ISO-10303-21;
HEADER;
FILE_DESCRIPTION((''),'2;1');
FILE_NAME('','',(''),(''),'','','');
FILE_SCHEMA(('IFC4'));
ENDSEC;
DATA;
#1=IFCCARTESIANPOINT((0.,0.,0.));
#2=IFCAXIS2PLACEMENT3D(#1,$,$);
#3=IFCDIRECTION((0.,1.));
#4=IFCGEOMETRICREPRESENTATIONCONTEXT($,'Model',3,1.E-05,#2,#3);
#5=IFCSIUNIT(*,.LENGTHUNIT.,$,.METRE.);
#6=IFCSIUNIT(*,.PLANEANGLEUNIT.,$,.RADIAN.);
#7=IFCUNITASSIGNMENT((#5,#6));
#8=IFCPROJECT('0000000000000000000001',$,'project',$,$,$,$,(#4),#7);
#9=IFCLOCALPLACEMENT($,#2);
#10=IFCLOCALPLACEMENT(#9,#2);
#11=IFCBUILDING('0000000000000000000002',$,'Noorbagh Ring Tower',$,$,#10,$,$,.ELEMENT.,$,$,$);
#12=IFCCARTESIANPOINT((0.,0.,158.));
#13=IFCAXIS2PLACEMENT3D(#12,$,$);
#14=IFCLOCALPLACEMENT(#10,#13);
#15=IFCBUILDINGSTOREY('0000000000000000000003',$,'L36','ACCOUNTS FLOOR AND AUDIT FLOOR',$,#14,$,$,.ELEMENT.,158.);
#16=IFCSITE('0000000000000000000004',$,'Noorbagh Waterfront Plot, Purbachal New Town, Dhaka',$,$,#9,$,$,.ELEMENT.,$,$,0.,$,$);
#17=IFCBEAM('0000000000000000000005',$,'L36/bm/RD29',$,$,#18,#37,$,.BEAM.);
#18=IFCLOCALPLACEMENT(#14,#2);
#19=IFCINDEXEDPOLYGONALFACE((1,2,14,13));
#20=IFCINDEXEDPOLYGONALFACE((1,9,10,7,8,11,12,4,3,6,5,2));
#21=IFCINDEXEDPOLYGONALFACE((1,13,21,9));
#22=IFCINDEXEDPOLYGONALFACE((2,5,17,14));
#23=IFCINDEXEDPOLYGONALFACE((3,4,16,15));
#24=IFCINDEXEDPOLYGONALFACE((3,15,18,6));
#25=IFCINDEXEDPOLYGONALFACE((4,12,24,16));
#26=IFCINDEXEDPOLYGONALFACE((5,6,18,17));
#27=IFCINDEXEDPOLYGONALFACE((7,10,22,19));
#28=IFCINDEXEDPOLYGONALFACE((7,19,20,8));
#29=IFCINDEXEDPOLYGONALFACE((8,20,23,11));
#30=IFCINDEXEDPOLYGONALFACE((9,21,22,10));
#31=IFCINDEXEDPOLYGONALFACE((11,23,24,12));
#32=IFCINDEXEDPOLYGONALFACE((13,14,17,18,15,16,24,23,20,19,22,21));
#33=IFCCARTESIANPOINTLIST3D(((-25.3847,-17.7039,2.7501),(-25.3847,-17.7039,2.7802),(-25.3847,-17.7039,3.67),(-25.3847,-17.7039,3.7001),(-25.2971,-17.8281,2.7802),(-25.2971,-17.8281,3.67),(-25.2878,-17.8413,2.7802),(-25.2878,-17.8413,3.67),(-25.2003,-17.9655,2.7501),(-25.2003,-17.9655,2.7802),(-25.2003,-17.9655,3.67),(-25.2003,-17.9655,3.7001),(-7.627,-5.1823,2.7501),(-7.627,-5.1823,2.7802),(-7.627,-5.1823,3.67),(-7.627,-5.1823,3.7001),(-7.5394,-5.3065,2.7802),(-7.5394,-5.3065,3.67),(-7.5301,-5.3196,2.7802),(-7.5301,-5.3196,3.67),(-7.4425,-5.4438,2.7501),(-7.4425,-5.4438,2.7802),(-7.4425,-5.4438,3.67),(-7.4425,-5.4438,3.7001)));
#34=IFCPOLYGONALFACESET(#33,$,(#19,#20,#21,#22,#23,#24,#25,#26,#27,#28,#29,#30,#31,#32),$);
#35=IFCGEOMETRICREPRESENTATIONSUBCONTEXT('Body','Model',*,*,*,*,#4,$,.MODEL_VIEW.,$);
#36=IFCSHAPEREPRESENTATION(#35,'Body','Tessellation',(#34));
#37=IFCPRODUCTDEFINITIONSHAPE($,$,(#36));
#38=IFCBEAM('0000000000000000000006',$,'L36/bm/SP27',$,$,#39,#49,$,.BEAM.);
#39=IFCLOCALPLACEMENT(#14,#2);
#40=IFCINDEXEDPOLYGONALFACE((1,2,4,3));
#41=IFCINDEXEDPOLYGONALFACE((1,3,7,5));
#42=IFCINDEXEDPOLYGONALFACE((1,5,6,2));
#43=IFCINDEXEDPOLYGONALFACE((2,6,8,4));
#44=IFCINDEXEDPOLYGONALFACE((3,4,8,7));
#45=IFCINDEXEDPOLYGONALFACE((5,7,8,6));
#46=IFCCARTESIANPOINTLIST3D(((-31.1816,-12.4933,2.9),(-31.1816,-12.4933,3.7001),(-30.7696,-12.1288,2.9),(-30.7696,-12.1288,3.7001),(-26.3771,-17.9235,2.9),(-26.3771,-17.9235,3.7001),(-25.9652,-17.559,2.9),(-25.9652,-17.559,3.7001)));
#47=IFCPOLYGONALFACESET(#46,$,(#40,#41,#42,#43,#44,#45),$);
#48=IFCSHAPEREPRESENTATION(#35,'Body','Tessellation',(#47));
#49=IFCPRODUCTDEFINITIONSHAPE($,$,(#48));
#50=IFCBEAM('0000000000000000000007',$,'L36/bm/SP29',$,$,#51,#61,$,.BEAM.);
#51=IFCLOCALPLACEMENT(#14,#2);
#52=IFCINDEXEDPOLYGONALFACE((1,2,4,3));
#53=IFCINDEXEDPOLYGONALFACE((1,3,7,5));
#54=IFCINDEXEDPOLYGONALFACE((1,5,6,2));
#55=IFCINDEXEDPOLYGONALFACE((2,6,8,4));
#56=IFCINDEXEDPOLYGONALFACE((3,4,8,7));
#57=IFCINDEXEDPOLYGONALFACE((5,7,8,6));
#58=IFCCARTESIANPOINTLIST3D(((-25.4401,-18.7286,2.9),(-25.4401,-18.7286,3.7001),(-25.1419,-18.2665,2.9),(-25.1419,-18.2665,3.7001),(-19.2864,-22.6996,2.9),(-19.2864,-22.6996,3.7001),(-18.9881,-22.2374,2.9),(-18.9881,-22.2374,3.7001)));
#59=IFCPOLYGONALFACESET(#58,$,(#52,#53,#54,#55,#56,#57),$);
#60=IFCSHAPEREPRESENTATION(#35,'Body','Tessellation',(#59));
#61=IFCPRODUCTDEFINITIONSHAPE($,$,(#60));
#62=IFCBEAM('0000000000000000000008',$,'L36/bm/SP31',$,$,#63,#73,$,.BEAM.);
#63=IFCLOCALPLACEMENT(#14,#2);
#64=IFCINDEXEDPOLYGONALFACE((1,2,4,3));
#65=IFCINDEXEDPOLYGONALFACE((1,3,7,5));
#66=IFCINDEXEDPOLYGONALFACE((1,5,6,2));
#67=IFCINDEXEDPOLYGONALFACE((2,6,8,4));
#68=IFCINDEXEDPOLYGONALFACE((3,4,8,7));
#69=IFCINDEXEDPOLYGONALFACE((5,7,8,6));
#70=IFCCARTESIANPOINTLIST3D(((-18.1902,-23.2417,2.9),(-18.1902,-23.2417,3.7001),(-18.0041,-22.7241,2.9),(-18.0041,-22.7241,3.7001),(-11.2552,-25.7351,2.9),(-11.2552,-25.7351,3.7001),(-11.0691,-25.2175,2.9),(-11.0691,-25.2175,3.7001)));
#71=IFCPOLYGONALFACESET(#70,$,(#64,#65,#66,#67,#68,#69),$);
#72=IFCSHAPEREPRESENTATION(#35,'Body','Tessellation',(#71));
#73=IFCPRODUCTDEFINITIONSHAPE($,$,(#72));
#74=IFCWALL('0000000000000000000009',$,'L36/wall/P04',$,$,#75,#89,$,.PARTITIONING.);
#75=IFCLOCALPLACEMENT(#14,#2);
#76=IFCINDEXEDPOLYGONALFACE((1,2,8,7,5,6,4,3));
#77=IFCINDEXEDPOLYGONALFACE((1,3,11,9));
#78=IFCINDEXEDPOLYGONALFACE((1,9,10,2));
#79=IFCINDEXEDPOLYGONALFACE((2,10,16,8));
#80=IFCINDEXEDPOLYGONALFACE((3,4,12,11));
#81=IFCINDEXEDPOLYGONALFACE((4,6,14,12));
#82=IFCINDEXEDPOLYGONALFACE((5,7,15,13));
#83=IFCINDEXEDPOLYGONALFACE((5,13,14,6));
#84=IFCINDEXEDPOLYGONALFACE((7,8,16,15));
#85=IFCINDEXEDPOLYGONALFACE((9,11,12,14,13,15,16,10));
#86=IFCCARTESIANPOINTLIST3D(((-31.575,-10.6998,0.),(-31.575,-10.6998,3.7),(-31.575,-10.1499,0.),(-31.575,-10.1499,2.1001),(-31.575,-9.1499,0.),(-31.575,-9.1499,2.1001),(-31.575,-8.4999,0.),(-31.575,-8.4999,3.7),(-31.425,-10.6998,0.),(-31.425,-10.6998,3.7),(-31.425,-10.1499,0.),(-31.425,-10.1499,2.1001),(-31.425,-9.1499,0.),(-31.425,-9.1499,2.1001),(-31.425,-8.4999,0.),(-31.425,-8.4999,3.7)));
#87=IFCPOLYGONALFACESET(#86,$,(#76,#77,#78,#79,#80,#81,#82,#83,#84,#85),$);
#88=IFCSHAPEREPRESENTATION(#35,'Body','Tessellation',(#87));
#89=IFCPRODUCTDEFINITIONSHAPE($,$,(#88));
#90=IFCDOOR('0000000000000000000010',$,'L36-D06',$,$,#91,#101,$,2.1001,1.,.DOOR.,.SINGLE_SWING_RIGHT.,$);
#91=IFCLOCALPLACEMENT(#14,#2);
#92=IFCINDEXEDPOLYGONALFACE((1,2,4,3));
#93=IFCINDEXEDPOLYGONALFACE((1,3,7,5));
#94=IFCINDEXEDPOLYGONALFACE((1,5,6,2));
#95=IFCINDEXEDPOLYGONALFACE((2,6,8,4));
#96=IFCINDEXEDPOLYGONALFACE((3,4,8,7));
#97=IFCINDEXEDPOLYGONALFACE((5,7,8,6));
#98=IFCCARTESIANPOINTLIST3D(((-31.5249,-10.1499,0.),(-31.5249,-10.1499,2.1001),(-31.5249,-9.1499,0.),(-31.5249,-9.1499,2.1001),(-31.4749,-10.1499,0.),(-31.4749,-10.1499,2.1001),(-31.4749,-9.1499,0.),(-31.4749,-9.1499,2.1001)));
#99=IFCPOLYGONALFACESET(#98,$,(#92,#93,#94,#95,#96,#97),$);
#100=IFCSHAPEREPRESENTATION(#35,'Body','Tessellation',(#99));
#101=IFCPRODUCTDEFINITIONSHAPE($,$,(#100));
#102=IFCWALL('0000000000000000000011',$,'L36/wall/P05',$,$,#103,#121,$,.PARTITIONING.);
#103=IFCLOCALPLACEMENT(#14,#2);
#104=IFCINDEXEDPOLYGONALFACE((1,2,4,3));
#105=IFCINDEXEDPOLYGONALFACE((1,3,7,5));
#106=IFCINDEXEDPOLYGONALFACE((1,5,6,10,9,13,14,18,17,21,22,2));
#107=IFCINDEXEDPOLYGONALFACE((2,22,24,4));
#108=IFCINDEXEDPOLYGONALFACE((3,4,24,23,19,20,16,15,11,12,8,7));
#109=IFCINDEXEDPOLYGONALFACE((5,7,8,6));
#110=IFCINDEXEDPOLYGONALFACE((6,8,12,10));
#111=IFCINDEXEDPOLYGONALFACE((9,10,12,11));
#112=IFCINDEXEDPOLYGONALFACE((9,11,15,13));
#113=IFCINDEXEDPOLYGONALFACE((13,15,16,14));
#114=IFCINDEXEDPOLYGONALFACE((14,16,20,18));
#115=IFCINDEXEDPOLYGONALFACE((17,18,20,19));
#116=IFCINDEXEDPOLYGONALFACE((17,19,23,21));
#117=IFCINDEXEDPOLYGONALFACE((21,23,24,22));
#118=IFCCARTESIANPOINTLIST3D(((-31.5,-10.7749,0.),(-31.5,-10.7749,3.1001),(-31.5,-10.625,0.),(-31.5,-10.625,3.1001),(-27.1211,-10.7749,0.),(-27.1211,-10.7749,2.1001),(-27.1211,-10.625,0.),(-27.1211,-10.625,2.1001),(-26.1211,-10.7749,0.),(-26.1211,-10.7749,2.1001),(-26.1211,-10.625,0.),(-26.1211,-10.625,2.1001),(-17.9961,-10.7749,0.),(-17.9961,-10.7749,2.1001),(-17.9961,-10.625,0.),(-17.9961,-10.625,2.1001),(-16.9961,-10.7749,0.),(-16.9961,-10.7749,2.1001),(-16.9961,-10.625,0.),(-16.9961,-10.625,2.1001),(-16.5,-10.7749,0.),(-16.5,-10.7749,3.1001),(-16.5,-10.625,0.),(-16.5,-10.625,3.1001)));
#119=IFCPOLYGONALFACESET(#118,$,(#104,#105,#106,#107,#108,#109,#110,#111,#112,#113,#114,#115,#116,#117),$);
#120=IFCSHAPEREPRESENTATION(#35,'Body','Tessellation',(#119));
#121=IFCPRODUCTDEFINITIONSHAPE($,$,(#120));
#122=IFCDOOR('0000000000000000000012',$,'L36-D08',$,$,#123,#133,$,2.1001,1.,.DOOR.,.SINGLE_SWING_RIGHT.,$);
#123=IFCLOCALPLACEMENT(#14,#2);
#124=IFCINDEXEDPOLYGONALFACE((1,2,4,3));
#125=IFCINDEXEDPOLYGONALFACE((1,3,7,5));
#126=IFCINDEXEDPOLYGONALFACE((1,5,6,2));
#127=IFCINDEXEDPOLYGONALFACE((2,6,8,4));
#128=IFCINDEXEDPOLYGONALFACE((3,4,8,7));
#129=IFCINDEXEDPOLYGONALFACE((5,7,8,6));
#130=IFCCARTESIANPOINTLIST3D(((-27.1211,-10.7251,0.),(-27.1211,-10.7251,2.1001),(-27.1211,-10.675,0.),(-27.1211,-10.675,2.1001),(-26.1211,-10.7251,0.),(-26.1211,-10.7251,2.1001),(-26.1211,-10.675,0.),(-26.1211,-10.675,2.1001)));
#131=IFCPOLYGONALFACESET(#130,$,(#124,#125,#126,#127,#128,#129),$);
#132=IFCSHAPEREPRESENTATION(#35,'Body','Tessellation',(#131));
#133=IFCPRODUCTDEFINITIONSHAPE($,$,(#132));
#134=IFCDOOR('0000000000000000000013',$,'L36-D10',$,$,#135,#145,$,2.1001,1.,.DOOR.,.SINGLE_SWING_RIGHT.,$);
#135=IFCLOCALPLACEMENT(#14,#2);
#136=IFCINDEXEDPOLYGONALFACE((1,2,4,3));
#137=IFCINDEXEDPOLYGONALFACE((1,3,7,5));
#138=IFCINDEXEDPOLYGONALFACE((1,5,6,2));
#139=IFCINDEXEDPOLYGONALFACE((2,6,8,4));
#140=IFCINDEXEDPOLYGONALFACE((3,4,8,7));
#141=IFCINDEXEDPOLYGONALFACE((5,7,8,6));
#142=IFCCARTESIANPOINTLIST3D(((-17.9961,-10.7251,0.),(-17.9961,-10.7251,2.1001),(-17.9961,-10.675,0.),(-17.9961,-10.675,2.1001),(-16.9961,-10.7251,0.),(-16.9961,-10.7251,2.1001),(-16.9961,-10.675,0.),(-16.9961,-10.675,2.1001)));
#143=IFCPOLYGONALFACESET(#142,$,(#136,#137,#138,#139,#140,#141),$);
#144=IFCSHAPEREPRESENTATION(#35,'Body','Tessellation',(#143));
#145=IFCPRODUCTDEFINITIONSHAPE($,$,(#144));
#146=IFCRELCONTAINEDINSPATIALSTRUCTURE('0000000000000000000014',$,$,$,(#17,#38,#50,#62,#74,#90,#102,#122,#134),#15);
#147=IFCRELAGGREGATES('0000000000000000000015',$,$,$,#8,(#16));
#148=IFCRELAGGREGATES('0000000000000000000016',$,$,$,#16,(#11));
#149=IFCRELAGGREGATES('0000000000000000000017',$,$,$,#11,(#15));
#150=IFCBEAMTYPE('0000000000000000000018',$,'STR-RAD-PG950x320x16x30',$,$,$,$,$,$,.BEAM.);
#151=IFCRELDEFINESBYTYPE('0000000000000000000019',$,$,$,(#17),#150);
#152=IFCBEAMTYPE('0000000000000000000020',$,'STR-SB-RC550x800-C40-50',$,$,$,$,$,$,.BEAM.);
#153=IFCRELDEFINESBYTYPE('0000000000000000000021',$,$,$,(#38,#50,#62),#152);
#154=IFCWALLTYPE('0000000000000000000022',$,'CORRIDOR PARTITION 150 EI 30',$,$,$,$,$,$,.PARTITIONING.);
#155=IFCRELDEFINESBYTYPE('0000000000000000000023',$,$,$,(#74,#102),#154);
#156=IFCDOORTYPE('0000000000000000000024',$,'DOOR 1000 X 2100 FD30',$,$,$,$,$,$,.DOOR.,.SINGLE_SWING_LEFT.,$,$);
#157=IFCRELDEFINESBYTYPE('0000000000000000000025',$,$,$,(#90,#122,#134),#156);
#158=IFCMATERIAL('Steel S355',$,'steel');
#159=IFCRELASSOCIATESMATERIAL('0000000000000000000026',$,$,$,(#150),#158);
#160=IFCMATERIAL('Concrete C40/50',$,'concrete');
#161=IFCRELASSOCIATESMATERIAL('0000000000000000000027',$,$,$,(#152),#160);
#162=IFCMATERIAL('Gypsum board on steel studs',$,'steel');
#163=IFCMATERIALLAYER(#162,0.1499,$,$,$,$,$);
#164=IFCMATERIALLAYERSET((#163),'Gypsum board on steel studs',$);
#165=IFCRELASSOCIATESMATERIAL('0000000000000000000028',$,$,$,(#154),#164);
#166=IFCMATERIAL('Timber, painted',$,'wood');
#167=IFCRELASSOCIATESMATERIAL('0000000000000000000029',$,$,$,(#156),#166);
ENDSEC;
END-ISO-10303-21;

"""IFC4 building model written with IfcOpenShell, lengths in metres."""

from ifc_helpers import new_model, si_unit, direction, frame, frame_2d, origin, origin_2d, place, context, subcontext, project, spatial, rectangle, i_section, extrude, material, layer, layer_set, material_profile, profile_set, type_object, element, fill, save


model = new_model("IFC4")

# Units and contexts
model_context = context("Model", 3, precision=1e-05, world=origin(), true_north=direction((0.0, 1.0)))
body_context = subcontext(model_context, "Body", "Model", "MODEL_VIEW")
ifc_project = project(units=[si_unit("LENGTHUNIT", "METRE"), si_unit("PLANEANGLEUNIT", "RADIAN")], contexts=[model_context])

# Site, building, storey
site_placement = place(None, origin())
site = spatial("IfcSite", under=ifc_project, at=site_placement, Name="Noorbagh Waterfront Plot, Purbachal New Town, Dhaka", CompositionType="ELEMENT", RefElevation=0.0)
building_placement = place(site_placement, origin())
building = spatial("IfcBuilding", under=site, at=building_placement, Name="Noorbagh Ring Tower", CompositionType="ELEMENT")
storey_placement = place(building_placement, frame((0.0, 0.0, 158.0)))
storey = spatial("IfcBuildingStorey", under=building, at=storey_placement, Name="L36", Description="ACCOUNTS FLOOR AND AUDIT FLOOR", CompositionType="ELEMENT", Elevation=158.0)

# Beams
ifc_material_1 = material(Name="Steel S355", Category="steel")
ifc_material_profile_1 = material_profile(ifc_material_1, i_section(OverallWidth=0.3201, OverallDepth=0.95, WebThickness=0.0161, FlangeThickness=0.03, at=origin_2d()), Name="PG950x320x16x30")
ifc_profile_set_1 = profile_set([ifc_material_profile_1], Name="Steel S355")
beam_type_1 = type_object("IfcBeamType", Name="STR-RAD-PG950x320x16x30", PredefinedType="BEAM", material=ifc_profile_set_1)
beam_1_placement = place(storey_placement, frame((-25.2925, -17.8347, 3.2251), z_axis=(0.817254, 0.576278, 0.0), x_axis=(-0.576278, 0.817254, 0.0)))
element("IfcBeam", 1, at=beam_1_placement, inside=storey, type_object=beam_type_1, Name="L36/bm/RD29", PredefinedType="BEAM", context=body_context, shape_type="SweptSolid", body=[
    extrude(i_section(OverallWidth=0.3201, OverallDepth=0.95, WebThickness=0.0161, FlangeThickness=0.03, at=origin_2d()), origin(), (0.0, 0.0, 1.0), 21.7285),
])
ifc_material_2 = material(Name="Concrete C40/50", Category="concrete")
ifc_material_profile_2 = material_profile(ifc_material_2, rectangle(XDim=0.55, YDim=0.8, at=origin_2d()), Name="RC550x800")
ifc_profile_set_2 = profile_set([ifc_material_profile_2], Name="Concrete C40/50")
beam_type_2 = type_object("IfcBeamType", Name="STR-SB-RC550x800-C40-50", PredefinedType="BEAM", material=ifc_profile_set_2)
beam_2_placement = place(storey_placement, frame((-30.9756, -12.311, 3.3), z_axis=(0.662638, -0.74894, 0.0), x_axis=(0.74894, 0.662638, 0.0)))
element("IfcBeam", 2, at=beam_2_placement, inside=storey, type_object=beam_type_2, Name="L36/bm/SP27", PredefinedType="BEAM", context=body_context, shape_type="SweptSolid", body=[
    extrude(rectangle(XDim=0.55, YDim=0.8, at=origin_2d()), origin(), (0.0, 0.0, 1.0), 7.2505),
])
beam_3_placement = place(storey_placement, frame((-25.291, -18.4976, 3.3), z_axis=(0.84025, -0.542199, 0.0), x_axis=(0.542199, 0.84025, 0.0)))
element("IfcBeam", 3, at=beam_3_placement, inside=storey, type_object=beam_type_2, Name="L36/bm/SP29", PredefinedType="BEAM", context=body_context, shape_type="SweptSolid", body=[
    extrude(rectangle(XDim=0.55, YDim=0.8, at=origin_2d()), origin(), (0.0, 0.0, 1.0), 7.3237),
])
beam_4_placement = place(storey_placement, frame((-18.0972, -22.9829, 3.3), z_axis=(0.941026, -0.338333, 0.0), x_axis=(0.338333, 0.941026, 0.0)))
element("IfcBeam", 4, at=beam_4_placement, inside=storey, type_object=beam_type_2, Name="L36/bm/SP31", PredefinedType="BEAM", context=body_context, shape_type="SweptSolid", body=[
    extrude(rectangle(XDim=0.55, YDim=0.8, at=origin_2d()), origin(), (0.0, 0.0, 1.0), 7.3696),
])

# Wall, opening, door
ifc_material_3 = material(Name="Gypsum board on steel studs", Category="steel")
ifc_layer_1 = layer(ifc_material_3, 0.1499)
ifc_layer_set_1 = layer_set([ifc_layer_1], Name="Gypsum board on steel studs")
wall_type_1 = type_object("IfcWallType", Name="CORRIDOR PARTITION 150 EI 30", PredefinedType="PARTITIONING", material=ifc_layer_set_1)
wall_1_placement = place(storey_placement, frame((-31.5, -10.7, 0.0), z_axis=(0.0, 0.0, 1.0), x_axis=(0.0, 1.0, 0.0)))
wall_1 = element("IfcWall", 5, at=wall_1_placement, inside=storey, type_object=wall_type_1, Name="L36/wall/P04", PredefinedType="PARTITIONING", context=body_context, shape_type="SweptSolid", body=[
    extrude(rectangle(XDim=2.2, YDim=0.1499, at=frame_2d((1.1001, 0.0))), origin(), (0.0, 0.0, 1.0), 3.7),
])
opening_1_placement = place(wall_1_placement, frame((0.55, 0.0, 0.0)))
opening_1 = element("IfcOpeningElement", 6, at=opening_1_placement, cuts=wall_1, PredefinedType="OPENING", context=body_context, shape_type="SweptSolid", body=[
    extrude(rectangle(XDim=1.0, YDim=2.1001, at=frame_2d((0.5, 1.05))), frame((0.0, 0.085, 0.0), z_axis=(0.0, -1.0, 0.0), x_axis=(1.0, 0.0, 0.0)), (0.0, 0.0, 1.0), 0.1699),
])
ifc_material_4 = material(Name="Timber, painted", Category="wood")
door_type_1 = type_object("IfcDoorType", Name="DOOR 1000 X 2100 FD30", OperationType="SINGLE_SWING_LEFT", PredefinedType="DOOR", material=ifc_material_4)
door_1_placement = place(opening_1_placement, origin())
door_1 = element("IfcDoor", 7, at=door_1_placement, inside=storey, type_object=door_type_1, Name="L36-D06", OperationType="SINGLE_SWING_RIGHT", OverallHeight=2.1001, OverallWidth=1.0, PredefinedType="DOOR", context=body_context, shape_type="SweptSolid", body=[
    extrude(rectangle(XDim=1.0, YDim=2.1001, at=frame_2d((0.5, 1.05))), frame((0.0, 0.0249, 0.0), z_axis=(0.0, -1.0, 0.0), x_axis=(1.0, 0.0, 0.0)), (0.0, 0.0, 1.0), 0.05),
])
fill(opening_1, door_1)

# Wall, openings, doors
wall_2_placement = place(storey_placement, frame((-31.5, -10.7, 0.0), z_axis=(0.0, 0.0, 1.0), x_axis=(1.0, 0.0, 0.0)))
wall_2 = element("IfcWall", 8, at=wall_2_placement, inside=storey, type_object=wall_type_1, Name="L36/wall/P05", PredefinedType="PARTITIONING", context=body_context, shape_type="SweptSolid", body=[
    extrude(rectangle(XDim=15.0, YDim=0.1499, at=frame_2d((7.5, 0.0))), origin(), (0.0, 0.0, 1.0), 3.1001),
])
opening_2_placement = place(wall_2_placement, frame((4.3789, 0.0, 0.0)))
opening_2 = element("IfcOpeningElement", 9, at=opening_2_placement, cuts=wall_2, PredefinedType="OPENING", context=body_context, shape_type="SweptSolid", body=[
    extrude(rectangle(XDim=1.0, YDim=2.1001, at=frame_2d((0.5, 1.05))), frame((0.0, 0.085, 0.0), z_axis=(0.0, -1.0, 0.0), x_axis=(1.0, 0.0, 0.0)), (0.0, 0.0, 1.0), 0.1699),
])
opening_3_placement = place(wall_2_placement, frame((13.5039, 0.0, 0.0)))
opening_3 = element("IfcOpeningElement", 10, at=opening_3_placement, cuts=wall_2, PredefinedType="OPENING", context=body_context, shape_type="SweptSolid", body=[
    extrude(rectangle(XDim=1.0, YDim=2.1001, at=frame_2d((0.5, 1.05))), frame((0.0, 0.085, 0.0), z_axis=(0.0, -1.0, 0.0), x_axis=(1.0, 0.0, 0.0)), (0.0, 0.0, 1.0), 0.1699),
])
door_2_placement = place(opening_2_placement, origin())
door_2 = element("IfcDoor", 11, at=door_2_placement, inside=storey, type_object=door_type_1, Name="L36-D08", OperationType="SINGLE_SWING_RIGHT", OverallHeight=2.1001, OverallWidth=1.0, PredefinedType="DOOR", context=body_context, shape_type="SweptSolid", body=[
    extrude(rectangle(XDim=1.0, YDim=2.1001, at=frame_2d((0.5, 1.05))), frame((0.0, 0.0249, 0.0), z_axis=(0.0, -1.0, 0.0), x_axis=(1.0, 0.0, 0.0)), (0.0, 0.0, 1.0), 0.05),
])
fill(opening_2, door_2)
door_3_placement = place(opening_3_placement, origin())
door_3 = element("IfcDoor", 12, at=door_3_placement, inside=storey, type_object=door_type_1, Name="L36-D10", OperationType="SINGLE_SWING_RIGHT", OverallHeight=2.1001, OverallWidth=1.0, PredefinedType="DOOR", context=body_context, shape_type="SweptSolid", body=[
    extrude(rectangle(XDim=1.0, YDim=2.1001, at=frame_2d((0.5, 1.05))), frame((0.0, 0.0249, 0.0), z_axis=(0.0, -1.0, 0.0), x_axis=(1.0, 0.0, 0.0)), (0.0, 0.0, 1.0), 0.05),
])
fill(opening_3, door_3)

save(model, "model.ifc")
